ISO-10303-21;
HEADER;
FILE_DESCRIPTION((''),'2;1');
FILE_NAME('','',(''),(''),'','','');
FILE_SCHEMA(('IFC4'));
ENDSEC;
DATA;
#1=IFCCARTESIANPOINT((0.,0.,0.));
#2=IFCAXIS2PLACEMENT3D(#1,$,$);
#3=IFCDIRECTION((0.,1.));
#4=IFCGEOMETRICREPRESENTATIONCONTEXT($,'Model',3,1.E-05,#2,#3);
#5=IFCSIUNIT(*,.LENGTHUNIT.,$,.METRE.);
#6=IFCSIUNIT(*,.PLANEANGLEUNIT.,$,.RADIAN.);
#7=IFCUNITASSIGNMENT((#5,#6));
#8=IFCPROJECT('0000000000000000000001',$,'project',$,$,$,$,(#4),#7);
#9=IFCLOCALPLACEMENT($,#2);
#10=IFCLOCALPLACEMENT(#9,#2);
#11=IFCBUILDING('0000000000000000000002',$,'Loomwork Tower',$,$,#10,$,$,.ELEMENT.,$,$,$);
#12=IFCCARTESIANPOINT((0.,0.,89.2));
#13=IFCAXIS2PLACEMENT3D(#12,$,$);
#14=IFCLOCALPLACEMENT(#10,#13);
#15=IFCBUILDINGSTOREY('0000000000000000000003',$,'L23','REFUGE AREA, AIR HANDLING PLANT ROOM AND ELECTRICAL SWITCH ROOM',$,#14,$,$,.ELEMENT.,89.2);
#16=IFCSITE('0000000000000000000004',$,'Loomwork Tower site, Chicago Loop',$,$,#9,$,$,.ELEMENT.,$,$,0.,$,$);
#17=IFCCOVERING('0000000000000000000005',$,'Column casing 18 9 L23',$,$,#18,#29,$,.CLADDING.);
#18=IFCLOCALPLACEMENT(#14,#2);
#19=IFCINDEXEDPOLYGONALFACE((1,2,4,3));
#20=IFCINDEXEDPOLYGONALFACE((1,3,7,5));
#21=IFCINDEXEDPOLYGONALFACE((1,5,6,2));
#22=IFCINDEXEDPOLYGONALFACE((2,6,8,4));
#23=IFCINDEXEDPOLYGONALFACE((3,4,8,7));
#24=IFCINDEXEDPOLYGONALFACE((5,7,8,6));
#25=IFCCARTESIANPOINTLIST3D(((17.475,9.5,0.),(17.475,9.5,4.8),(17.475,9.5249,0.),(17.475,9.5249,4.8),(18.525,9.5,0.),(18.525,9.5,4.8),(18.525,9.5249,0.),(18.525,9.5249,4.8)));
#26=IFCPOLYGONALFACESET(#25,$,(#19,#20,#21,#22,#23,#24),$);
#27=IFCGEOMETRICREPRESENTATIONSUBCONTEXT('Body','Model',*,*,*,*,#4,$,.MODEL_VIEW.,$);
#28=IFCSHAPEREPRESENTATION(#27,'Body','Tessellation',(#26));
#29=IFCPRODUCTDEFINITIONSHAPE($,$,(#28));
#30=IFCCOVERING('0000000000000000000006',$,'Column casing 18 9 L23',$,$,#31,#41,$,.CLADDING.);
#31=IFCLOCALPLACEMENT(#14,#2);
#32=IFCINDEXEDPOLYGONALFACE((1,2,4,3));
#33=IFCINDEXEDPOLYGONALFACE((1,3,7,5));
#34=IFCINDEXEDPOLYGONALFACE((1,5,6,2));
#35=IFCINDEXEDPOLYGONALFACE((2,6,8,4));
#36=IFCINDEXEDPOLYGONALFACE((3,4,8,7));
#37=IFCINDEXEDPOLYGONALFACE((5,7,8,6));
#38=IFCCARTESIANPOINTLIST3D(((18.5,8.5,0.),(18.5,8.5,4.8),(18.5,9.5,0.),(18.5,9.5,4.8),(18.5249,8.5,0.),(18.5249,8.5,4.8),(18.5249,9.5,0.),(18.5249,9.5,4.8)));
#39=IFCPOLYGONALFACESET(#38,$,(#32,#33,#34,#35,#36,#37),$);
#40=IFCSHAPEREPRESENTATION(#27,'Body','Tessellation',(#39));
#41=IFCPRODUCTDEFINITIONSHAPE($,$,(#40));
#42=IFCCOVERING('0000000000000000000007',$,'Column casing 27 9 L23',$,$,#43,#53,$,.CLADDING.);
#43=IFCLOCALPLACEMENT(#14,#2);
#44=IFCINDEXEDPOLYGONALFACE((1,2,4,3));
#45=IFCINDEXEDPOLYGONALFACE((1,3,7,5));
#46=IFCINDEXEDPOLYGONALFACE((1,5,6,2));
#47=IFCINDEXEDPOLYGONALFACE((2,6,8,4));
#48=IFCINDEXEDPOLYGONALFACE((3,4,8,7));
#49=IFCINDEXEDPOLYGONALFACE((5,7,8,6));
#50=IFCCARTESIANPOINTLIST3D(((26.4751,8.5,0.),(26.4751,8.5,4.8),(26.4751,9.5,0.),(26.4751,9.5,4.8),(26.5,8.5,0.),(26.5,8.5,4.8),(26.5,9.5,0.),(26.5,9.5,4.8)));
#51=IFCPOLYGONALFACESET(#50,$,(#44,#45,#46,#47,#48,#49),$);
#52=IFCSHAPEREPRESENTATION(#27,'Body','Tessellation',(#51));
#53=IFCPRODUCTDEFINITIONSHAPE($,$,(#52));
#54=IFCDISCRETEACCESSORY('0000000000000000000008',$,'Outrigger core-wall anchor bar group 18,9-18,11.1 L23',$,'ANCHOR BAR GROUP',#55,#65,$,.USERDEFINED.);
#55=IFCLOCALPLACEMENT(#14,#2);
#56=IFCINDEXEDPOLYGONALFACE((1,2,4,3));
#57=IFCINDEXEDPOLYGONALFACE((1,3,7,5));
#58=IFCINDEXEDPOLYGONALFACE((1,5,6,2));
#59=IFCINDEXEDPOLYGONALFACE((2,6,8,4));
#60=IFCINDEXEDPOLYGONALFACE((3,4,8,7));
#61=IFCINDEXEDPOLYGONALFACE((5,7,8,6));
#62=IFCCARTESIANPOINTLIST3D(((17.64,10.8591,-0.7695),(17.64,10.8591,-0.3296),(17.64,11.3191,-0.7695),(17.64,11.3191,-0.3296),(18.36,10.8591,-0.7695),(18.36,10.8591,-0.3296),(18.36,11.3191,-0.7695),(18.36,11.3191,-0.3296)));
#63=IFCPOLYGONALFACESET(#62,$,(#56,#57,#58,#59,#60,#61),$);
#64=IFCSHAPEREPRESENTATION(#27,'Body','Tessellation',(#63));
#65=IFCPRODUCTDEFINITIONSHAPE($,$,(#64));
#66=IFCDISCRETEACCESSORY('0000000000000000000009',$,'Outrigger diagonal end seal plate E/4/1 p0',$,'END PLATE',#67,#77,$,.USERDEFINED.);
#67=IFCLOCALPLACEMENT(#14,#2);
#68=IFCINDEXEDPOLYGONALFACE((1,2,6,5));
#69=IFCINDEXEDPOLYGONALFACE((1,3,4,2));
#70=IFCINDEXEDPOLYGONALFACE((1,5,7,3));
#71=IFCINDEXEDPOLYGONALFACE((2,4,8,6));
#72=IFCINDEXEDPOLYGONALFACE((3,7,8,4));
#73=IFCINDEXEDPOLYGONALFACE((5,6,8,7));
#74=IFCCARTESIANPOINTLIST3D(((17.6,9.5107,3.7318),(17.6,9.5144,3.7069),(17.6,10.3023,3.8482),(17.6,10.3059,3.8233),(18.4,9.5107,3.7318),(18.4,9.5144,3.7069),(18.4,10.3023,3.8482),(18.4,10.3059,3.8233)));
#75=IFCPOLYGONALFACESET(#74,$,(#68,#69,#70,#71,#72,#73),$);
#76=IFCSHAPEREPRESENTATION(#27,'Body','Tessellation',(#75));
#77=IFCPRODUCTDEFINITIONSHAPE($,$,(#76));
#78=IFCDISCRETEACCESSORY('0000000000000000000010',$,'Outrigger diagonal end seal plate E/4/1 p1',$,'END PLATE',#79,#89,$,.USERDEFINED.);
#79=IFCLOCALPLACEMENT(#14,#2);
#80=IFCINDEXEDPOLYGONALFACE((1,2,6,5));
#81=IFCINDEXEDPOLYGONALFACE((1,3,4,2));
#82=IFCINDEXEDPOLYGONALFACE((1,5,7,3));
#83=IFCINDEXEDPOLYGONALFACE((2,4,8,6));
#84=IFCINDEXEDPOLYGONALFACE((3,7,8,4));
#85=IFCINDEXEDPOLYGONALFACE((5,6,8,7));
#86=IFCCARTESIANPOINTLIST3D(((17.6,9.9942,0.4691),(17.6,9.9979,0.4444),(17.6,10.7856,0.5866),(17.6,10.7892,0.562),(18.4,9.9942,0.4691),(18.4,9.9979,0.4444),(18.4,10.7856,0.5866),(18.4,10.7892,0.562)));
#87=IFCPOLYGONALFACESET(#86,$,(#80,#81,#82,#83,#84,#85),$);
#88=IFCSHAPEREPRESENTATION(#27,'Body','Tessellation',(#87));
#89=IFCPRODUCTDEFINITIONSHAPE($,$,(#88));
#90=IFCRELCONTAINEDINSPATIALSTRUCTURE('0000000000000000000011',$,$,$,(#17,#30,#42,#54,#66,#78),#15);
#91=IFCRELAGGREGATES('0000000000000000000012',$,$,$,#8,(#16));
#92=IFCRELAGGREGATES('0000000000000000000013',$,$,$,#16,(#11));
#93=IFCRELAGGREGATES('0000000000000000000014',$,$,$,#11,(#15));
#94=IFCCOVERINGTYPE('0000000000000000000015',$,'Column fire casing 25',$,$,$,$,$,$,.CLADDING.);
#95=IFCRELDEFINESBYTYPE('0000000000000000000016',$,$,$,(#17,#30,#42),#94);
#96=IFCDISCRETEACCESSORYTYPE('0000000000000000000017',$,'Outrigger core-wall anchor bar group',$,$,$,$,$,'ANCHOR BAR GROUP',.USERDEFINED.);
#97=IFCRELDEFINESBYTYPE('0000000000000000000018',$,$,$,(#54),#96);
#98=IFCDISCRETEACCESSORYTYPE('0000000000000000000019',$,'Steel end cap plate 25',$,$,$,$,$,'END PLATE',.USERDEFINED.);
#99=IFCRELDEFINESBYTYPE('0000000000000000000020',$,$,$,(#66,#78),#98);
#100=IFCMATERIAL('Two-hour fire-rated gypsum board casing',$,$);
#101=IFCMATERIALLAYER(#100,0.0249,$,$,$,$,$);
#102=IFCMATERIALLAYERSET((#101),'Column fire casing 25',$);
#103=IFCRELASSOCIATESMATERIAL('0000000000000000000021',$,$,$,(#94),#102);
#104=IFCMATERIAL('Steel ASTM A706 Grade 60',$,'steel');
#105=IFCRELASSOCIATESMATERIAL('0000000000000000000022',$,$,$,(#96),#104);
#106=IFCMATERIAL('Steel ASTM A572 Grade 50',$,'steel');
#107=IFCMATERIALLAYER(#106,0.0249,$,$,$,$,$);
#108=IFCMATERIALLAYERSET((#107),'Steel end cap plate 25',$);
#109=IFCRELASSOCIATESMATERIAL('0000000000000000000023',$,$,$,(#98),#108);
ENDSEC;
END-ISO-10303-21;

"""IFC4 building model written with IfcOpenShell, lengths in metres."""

from ifc_helpers import new_model, si_unit, direction, frame, origin, origin_2d, place, context, subcontext, project, spatial, rectangle, extrude, material, layer, layer_set, type_object, element, save


model = new_model("IFC4")

# Units and contexts
model_context = context("Model", 3, precision=1e-05, world=origin(), true_north=direction((0.0, 1.0)))
body_context = subcontext(model_context, "Body", "Model", "MODEL_VIEW")
ifc_project = project(units=[si_unit("LENGTHUNIT", "METRE"), si_unit("PLANEANGLEUNIT", "RADIAN")], contexts=[model_context])

# Site, building, storey
site_placement = place(None, origin())
site = spatial("IfcSite", under=ifc_project, at=site_placement, Name="Loomwork Tower site, Chicago Loop", CompositionType="ELEMENT", RefElevation=0.0)
building_placement = place(site_placement, origin())
building = spatial("IfcBuilding", under=site, at=building_placement, Name="Loomwork Tower", CompositionType="ELEMENT")
storey_placement = place(building_placement, frame((0.0, 0.0, 89.2)))
storey = spatial("IfcBuildingStorey", under=building, at=storey_placement, Name="L23", Description="REFUGE AREA, AIR HANDLING PLANT ROOM AND ELECTRICAL SWITCH ROOM", CompositionType="ELEMENT", Elevation=89.2)

# Coverings
ifc_material_1 = material(Name="Two-hour fire-rated gypsum board casing")
ifc_layer_1 = layer(ifc_material_1, 0.0249)
ifc_layer_set_1 = layer_set([ifc_layer_1], Name="Column fire casing 25")
covering_type = type_object("IfcCoveringType", Name="Column fire casing 25", PredefinedType="CLADDING", material=ifc_layer_set_1)
covering_placement = place(storey_placement, frame((18.0, 9.5125, 0.0), z_axis=(0.0, 0.0, 1.0), x_axis=(1.0, 0.0, 0.0)))
element("IfcCovering", 1, at=covering_placement, inside=storey, type_object=covering_type, Name="Column casing 18 9 L23", PredefinedType="CLADDING", context=body_context, shape_type="SweptSolid", body=[
    extrude(rectangle(XDim=1.05, YDim=0.0249, at=origin_2d()), origin(), (0.0, 0.0, 1.0), 4.8),
])
for number, where, z_axis, x_axis, name in (
    (2, (18.5125, 9.0, 0.0), (0.0, 0.0, 1.0), (1.0, 0.0, 0.0), "Column casing 18 9 L23"),
    (3, (26.4875, 9.0, 0.0), (0.0, 0.0, 1.0), (1.0, 0.0, 0.0), "Column casing 27 9 L23"),
):
    element("IfcCovering", number, at=place(storey_placement, frame(where, z_axis=z_axis, x_axis=x_axis)), inside=storey, type_object=covering_type, Name=name, PredefinedType="CLADDING", context=body_context, shape_type="SweptSolid", body=[
        extrude(rectangle(XDim=0.0249, YDim=1.0, at=origin_2d()), origin(), (0.0, 0.0, 1.0), 4.8),
    ])

# Discrete accessories
ifc_material_2 = material(Name="Steel ASTM A706 Grade 60", Category="steel")
discrete_accessory_type_1 = type_object("IfcDiscreteAccessoryType", Name="Outrigger core-wall anchor bar group", ElementType="ANCHOR BAR GROUP", PredefinedType="USERDEFINED", material=ifc_material_2)
discrete_accessory_1_placement = place(storey_placement, frame((18.0, 11.0891, -0.7695), z_axis=(0.0, 0.0, 1.0), x_axis=(1.0, 0.0, 0.0)))
element("IfcDiscreteAccessory", 4, at=discrete_accessory_1_placement, inside=storey, type_object=discrete_accessory_type_1, Name="Outrigger core-wall anchor bar group 18,9-18,11.1 L23", ObjectType="ANCHOR BAR GROUP", PredefinedType="USERDEFINED", context=body_context, shape_type="SweptSolid", body=[
    extrude(rectangle(XDim=0.72, YDim=0.46, at=origin_2d()), origin(), (0.0, 0.0, 1.0), 0.4399),
])
ifc_material_3 = material(Name="Steel ASTM A572 Grade 50", Category="steel")
ifc_layer_2 = layer(ifc_material_3, 0.0249)
ifc_layer_set_2 = layer_set([ifc_layer_2], Name="Steel end cap plate 25")
discrete_accessory_type_2 = type_object("IfcDiscreteAccessoryType", Name="Steel end cap plate 25", ElementType="END PLATE", PredefinedType="USERDEFINED", material=ifc_layer_set_2)
discrete_accessory_2_placement = place(storey_placement, frame((18.0, 9.9102, 3.7651), z_axis=(0.0, -0.145494, 0.989359), x_axis=(1.0, 0.0, 0.0)))
element("IfcDiscreteAccessory", 5, at=discrete_accessory_2_placement, inside=storey, type_object=discrete_accessory_type_2, Name="Outrigger diagonal end seal plate E/4/1 p0", ObjectType="END PLATE", PredefinedType="USERDEFINED", context=body_context, shape_type="SweptSolid", body=[
    extrude(rectangle(XDim=0.8, YDim=0.8, at=origin_2d()), origin(), (0.0, 0.0, 1.0), 0.0251),
])
discrete_accessory_3_placement = place(storey_placement, frame((18.0, 10.3899, 0.5278), z_axis=(0.0, 0.146904, -0.989151), x_axis=(-1.0, 0.0, 0.0)))
element("IfcDiscreteAccessory", 6, at=discrete_accessory_3_placement, inside=storey, type_object=discrete_accessory_type_2, Name="Outrigger diagonal end seal plate E/4/1 p1", ObjectType="END PLATE", PredefinedType="USERDEFINED", context=body_context, shape_type="SweptSolid", body=[
    extrude(rectangle(XDim=0.8, YDim=0.8, at=origin_2d()), origin(), (0.0, 0.0, 1.0), 0.0249),
])

save(model, "model.ifc")
